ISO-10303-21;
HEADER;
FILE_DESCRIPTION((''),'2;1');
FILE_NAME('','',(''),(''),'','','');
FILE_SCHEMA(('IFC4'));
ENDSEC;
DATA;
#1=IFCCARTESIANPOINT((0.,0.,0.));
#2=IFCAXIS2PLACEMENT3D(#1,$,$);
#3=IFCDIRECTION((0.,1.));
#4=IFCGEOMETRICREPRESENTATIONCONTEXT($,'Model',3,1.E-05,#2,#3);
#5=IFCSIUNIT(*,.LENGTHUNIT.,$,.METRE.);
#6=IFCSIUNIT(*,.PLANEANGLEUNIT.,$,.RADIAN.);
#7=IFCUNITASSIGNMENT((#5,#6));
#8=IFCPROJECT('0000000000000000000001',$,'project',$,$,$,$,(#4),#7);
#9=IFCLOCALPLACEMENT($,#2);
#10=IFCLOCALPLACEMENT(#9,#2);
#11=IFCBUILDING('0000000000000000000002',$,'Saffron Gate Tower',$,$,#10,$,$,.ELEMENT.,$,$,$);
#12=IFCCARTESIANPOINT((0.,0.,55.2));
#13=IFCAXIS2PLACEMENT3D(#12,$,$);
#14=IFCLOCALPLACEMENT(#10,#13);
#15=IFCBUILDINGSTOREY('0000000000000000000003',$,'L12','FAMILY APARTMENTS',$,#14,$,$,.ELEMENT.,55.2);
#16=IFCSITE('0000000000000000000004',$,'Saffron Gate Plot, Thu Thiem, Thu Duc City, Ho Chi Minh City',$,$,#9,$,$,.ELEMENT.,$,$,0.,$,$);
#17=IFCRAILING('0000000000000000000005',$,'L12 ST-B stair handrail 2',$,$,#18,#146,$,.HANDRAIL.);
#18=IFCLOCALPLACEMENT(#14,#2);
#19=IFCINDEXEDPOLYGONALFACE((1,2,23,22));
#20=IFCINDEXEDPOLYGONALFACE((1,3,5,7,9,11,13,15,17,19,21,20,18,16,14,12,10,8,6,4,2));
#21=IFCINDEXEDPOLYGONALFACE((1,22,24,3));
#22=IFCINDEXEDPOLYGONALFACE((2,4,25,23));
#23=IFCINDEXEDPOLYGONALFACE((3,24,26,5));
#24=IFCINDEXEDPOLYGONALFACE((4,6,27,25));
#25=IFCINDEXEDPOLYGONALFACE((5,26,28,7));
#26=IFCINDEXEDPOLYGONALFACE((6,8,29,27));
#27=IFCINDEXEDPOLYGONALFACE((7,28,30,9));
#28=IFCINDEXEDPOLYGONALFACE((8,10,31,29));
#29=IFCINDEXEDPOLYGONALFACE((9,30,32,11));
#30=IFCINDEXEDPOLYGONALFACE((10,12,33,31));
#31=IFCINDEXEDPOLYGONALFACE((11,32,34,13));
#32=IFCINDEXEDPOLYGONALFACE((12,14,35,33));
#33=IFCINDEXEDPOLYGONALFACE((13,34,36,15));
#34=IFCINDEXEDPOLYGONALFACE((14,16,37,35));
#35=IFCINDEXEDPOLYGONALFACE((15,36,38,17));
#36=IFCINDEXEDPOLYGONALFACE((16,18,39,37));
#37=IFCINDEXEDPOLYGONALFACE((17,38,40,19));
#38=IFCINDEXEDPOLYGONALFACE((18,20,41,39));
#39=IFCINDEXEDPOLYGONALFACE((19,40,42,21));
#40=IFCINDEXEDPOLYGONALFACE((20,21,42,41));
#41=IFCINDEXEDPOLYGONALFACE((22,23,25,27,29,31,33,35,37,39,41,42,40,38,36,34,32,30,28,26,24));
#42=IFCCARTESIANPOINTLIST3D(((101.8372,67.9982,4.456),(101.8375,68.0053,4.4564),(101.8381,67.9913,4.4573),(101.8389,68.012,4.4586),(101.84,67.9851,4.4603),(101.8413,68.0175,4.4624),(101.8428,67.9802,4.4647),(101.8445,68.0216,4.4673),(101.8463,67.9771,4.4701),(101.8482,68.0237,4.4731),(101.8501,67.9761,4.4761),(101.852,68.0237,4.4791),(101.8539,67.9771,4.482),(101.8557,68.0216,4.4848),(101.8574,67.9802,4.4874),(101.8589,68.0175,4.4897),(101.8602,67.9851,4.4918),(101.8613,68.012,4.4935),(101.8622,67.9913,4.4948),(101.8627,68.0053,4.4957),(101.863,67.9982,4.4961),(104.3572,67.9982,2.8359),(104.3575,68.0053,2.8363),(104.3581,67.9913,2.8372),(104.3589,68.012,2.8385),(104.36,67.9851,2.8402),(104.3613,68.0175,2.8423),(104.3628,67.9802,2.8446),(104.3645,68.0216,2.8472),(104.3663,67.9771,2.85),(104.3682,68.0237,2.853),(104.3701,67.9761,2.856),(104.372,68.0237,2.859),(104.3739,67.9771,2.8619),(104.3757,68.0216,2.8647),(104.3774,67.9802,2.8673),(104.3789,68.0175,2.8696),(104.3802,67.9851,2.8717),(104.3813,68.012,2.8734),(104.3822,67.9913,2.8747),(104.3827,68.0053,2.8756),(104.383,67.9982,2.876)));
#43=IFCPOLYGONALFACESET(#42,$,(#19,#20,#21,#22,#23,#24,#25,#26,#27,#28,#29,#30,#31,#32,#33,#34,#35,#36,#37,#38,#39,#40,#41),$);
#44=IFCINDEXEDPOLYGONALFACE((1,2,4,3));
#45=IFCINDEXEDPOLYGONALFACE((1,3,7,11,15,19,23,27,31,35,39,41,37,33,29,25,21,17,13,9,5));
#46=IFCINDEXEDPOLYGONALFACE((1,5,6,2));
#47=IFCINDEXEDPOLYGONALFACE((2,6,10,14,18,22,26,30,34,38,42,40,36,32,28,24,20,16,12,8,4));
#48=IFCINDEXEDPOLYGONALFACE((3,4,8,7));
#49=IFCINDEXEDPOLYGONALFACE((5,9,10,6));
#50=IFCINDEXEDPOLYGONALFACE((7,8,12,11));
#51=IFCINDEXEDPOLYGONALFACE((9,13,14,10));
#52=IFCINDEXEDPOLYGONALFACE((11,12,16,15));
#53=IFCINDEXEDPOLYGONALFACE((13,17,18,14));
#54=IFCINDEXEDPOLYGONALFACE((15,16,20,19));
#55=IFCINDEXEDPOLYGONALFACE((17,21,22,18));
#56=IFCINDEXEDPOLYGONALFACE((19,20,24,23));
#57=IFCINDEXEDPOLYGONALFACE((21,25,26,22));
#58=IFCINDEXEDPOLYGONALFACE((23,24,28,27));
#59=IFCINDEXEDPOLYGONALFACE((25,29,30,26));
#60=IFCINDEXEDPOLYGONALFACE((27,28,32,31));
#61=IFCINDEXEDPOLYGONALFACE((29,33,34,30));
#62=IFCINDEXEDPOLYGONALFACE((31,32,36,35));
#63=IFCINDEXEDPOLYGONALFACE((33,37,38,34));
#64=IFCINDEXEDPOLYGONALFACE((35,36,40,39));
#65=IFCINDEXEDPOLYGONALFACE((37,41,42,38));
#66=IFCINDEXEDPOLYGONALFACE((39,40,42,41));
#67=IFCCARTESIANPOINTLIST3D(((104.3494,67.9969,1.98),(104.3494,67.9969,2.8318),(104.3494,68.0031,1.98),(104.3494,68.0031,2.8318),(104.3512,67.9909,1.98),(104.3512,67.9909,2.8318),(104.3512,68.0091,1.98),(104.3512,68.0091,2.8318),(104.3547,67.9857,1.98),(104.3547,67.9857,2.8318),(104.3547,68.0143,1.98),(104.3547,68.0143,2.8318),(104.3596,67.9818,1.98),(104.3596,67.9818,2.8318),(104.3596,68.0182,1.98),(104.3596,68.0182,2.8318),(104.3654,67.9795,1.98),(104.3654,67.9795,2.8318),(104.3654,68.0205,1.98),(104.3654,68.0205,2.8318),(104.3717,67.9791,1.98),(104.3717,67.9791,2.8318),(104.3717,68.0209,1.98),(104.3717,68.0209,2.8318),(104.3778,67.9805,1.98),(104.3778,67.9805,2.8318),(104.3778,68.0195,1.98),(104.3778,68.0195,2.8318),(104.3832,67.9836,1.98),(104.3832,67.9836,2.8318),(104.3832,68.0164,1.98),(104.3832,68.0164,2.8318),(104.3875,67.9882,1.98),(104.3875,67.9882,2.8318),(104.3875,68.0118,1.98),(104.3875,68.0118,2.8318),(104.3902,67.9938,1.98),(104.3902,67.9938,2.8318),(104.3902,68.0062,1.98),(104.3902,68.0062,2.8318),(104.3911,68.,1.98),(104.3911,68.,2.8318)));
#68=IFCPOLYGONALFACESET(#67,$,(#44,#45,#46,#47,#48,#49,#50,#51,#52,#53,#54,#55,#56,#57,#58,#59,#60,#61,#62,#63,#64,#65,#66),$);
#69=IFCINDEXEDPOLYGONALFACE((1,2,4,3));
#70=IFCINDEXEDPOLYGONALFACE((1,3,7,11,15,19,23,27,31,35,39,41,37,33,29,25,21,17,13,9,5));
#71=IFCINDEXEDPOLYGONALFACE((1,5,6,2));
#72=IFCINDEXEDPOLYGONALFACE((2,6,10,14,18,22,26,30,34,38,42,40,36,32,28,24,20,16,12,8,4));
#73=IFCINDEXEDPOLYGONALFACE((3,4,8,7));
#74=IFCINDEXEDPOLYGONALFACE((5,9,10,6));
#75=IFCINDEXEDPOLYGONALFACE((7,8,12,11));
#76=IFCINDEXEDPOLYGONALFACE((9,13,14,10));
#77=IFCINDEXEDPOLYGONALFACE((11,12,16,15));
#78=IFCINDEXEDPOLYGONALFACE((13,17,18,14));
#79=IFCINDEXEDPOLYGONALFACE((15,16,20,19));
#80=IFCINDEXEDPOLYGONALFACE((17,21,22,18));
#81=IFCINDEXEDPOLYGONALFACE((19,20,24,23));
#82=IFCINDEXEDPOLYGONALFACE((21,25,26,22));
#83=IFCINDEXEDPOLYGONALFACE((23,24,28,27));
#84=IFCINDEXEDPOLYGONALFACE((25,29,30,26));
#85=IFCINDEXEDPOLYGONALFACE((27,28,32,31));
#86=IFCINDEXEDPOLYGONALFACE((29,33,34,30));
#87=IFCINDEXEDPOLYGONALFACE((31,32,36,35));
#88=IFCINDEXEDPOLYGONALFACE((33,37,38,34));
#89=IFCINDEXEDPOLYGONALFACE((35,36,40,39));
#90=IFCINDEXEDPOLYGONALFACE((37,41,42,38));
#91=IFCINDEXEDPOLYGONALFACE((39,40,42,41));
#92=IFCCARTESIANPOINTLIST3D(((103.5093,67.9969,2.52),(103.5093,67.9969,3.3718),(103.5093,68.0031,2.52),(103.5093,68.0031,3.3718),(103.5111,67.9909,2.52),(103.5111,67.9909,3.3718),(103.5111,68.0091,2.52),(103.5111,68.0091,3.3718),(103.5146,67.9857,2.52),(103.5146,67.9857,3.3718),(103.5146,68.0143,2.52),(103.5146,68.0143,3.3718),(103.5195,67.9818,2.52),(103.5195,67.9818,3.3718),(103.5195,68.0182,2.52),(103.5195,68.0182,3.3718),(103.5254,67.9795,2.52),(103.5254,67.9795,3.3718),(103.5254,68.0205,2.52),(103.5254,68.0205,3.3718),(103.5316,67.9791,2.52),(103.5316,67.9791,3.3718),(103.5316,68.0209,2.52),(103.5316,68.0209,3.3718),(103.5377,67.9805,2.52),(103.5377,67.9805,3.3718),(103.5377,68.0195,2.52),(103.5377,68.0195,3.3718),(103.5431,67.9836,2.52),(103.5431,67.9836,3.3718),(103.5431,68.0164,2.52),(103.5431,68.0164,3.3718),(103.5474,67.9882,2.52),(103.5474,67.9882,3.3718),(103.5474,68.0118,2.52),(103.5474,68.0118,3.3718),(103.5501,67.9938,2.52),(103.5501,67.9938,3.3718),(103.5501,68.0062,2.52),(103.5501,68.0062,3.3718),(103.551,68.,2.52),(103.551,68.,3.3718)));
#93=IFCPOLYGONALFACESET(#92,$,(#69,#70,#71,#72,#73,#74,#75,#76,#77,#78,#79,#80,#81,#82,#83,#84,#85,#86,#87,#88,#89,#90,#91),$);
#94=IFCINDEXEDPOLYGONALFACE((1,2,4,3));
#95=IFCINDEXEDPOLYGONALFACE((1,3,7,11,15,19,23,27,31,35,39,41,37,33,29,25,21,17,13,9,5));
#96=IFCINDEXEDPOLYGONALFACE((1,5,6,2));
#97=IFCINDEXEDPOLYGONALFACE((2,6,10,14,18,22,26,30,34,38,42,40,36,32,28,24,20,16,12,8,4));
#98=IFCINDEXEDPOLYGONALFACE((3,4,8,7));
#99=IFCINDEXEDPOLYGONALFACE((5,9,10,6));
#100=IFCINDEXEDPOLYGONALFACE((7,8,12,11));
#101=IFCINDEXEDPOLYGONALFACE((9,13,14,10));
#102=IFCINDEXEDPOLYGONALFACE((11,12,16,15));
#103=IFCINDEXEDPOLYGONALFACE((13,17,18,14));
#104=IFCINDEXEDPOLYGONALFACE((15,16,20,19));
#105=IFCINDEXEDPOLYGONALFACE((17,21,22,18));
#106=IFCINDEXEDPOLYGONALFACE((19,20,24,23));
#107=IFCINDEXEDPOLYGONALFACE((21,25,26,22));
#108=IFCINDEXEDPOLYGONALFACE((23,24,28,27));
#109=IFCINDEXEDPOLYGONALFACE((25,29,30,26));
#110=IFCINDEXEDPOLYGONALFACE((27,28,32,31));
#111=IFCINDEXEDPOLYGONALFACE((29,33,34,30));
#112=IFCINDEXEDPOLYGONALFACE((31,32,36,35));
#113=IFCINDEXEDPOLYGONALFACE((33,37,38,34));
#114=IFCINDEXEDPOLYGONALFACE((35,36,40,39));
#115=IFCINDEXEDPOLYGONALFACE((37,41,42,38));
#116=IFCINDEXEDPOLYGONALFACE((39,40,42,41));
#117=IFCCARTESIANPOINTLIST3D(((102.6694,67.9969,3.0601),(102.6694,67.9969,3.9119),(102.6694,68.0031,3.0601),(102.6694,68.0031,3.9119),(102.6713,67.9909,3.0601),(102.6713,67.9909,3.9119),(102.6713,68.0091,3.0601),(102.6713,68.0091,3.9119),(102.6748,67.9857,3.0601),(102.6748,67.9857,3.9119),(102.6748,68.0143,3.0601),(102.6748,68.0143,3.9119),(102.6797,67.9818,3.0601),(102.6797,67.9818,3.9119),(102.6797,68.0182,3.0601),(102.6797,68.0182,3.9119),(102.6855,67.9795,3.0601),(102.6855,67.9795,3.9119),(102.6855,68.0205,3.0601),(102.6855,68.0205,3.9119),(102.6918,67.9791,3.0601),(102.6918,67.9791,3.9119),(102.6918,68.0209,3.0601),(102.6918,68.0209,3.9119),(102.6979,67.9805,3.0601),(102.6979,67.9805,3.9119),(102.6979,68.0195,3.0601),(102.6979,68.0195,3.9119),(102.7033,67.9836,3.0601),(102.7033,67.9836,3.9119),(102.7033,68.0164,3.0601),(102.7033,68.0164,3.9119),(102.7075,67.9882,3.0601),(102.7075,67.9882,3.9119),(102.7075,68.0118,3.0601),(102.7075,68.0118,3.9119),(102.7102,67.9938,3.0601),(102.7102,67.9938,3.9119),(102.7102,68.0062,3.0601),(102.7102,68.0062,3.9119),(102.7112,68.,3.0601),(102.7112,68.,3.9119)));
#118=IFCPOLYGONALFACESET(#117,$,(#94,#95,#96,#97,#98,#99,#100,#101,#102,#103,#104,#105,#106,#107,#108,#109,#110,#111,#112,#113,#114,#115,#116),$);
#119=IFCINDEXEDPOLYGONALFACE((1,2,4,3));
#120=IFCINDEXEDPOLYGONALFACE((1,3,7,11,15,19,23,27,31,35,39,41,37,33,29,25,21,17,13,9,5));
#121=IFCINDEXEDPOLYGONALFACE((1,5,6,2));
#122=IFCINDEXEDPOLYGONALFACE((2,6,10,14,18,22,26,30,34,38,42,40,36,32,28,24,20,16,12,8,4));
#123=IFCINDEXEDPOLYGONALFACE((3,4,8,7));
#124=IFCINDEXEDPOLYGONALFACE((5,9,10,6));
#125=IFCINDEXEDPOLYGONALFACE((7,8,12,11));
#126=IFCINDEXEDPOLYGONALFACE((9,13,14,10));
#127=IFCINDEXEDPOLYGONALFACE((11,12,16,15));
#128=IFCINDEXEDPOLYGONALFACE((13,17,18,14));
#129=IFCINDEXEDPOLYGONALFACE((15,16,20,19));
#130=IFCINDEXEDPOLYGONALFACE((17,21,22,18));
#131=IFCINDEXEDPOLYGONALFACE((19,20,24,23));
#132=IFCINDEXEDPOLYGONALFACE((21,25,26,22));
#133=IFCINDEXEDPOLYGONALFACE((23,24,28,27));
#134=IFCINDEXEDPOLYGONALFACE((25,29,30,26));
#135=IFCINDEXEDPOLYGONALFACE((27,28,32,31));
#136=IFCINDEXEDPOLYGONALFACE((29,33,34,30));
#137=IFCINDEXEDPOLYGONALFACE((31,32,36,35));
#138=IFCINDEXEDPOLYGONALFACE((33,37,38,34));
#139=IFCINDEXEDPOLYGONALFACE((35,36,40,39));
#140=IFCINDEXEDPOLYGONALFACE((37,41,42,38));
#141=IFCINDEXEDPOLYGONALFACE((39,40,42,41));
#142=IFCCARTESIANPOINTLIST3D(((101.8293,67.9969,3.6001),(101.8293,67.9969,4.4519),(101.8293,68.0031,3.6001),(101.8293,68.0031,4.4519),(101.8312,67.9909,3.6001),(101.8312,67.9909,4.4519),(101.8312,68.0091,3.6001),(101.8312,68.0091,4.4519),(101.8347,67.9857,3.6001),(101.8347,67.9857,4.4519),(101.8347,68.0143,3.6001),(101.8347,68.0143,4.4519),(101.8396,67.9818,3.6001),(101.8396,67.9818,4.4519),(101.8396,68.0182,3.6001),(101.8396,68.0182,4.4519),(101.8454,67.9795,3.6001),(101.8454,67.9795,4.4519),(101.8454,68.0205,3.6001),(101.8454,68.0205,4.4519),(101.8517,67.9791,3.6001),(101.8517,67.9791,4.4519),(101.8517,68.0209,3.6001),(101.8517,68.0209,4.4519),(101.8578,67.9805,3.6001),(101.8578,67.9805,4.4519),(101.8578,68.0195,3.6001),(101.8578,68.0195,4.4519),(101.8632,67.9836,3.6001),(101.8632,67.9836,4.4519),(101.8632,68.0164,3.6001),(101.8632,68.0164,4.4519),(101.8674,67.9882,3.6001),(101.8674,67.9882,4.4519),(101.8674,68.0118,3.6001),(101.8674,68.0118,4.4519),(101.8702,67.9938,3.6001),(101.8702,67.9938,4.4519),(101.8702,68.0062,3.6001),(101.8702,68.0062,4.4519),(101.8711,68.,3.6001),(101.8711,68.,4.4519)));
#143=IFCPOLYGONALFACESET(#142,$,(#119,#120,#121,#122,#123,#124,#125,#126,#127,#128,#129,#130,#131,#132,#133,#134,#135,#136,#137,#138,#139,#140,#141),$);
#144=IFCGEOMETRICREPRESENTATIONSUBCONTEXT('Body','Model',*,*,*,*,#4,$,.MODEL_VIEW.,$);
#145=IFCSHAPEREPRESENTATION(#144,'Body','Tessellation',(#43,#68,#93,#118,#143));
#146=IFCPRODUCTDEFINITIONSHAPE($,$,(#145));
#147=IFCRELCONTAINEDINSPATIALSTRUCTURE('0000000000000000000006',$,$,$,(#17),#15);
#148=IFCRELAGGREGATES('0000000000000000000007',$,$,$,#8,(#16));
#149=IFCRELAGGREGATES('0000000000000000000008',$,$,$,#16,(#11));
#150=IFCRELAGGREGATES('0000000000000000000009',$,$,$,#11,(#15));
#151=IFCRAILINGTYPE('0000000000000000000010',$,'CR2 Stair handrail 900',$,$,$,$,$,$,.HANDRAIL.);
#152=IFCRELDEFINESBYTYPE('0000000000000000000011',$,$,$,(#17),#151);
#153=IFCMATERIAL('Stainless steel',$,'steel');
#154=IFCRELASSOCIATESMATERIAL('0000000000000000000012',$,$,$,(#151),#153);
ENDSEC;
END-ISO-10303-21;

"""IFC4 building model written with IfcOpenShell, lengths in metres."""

from ifc_helpers import new_model, si_unit, direction, frame, origin, origin_2d, place, context, subcontext, project, spatial, circle, extrude, material, type_object, element, save


model = new_model("IFC4")

# Units and contexts
model_context = context("Model", 3, precision=1e-05, world=origin(), true_north=direction((0.0, 1.0)))
body_context = subcontext(model_context, "Body", "Model", "MODEL_VIEW")
ifc_project = project(units=[si_unit("LENGTHUNIT", "METRE"), si_unit("PLANEANGLEUNIT", "RADIAN")], contexts=[model_context])

# Site, building, storey
site_placement = place(None, origin())
site = spatial("IfcSite", under=ifc_project, at=site_placement, Name="Saffron Gate Plot, Thu Thiem, Thu Duc City, Ho Chi Minh City", CompositionType="ELEMENT", RefElevation=0.0)
building_placement = place(site_placement, origin())
building = spatial("IfcBuilding", under=site, at=building_placement, Name="Saffron Gate Tower", CompositionType="ELEMENT")
storey_placement = place(building_placement, frame((0.0, 0.0, 55.2)))
storey = spatial("IfcBuildingStorey", under=building, at=storey_placement, Name="L12", Description="FAMILY APARTMENTS", CompositionType="ELEMENT", Elevation=55.2)

# Railing
ifc_material_1 = material(Name="Stainless steel", Category="steel")
railing_type_1 = type_object("IfcRailingType", Name="CR2 Stair handrail 900", PredefinedType="HANDRAIL", material=ifc_material_1)
railing_1_placement = place(storey_placement, frame((104.3701, 68.0, 1.98)))
element("IfcRailing", 1, at=railing_1_placement, inside=storey, type_object=railing_type_1, Name="L12 ST-B stair handrail 2", PredefinedType="HANDRAIL", context=body_context, shape_type="SweptSolid", body=[
    extrude(circle(Radius=0.0239, at=origin_2d()), frame((0.0, 0.0, 0.876), z_axis=(-0.841163, 0.0, 0.540782), x_axis=(0.0, -1.0, 0.0)), (0.0, 0.0, 1.0), 2.9958),
    extrude(circle(Radius=0.021, at=origin_2d()), origin(), (0.0, 0.0, 1.0), 0.8518),
    extrude(circle(Radius=0.021, at=origin_2d()), frame((-0.8401, 0.0, 0.54)), (0.0, 0.0, 1.0), 0.8518),
    extrude(circle(Radius=0.021, at=origin_2d()), frame((-1.6799, 0.0, 1.0801)), (0.0, 0.0, 1.0), 0.8518),
    extrude(circle(Radius=0.021, at=origin_2d()), frame((-2.52, 0.0, 1.6201)), (0.0, 0.0, 1.0), 0.8518),
])

save(model, "model.ifc")
